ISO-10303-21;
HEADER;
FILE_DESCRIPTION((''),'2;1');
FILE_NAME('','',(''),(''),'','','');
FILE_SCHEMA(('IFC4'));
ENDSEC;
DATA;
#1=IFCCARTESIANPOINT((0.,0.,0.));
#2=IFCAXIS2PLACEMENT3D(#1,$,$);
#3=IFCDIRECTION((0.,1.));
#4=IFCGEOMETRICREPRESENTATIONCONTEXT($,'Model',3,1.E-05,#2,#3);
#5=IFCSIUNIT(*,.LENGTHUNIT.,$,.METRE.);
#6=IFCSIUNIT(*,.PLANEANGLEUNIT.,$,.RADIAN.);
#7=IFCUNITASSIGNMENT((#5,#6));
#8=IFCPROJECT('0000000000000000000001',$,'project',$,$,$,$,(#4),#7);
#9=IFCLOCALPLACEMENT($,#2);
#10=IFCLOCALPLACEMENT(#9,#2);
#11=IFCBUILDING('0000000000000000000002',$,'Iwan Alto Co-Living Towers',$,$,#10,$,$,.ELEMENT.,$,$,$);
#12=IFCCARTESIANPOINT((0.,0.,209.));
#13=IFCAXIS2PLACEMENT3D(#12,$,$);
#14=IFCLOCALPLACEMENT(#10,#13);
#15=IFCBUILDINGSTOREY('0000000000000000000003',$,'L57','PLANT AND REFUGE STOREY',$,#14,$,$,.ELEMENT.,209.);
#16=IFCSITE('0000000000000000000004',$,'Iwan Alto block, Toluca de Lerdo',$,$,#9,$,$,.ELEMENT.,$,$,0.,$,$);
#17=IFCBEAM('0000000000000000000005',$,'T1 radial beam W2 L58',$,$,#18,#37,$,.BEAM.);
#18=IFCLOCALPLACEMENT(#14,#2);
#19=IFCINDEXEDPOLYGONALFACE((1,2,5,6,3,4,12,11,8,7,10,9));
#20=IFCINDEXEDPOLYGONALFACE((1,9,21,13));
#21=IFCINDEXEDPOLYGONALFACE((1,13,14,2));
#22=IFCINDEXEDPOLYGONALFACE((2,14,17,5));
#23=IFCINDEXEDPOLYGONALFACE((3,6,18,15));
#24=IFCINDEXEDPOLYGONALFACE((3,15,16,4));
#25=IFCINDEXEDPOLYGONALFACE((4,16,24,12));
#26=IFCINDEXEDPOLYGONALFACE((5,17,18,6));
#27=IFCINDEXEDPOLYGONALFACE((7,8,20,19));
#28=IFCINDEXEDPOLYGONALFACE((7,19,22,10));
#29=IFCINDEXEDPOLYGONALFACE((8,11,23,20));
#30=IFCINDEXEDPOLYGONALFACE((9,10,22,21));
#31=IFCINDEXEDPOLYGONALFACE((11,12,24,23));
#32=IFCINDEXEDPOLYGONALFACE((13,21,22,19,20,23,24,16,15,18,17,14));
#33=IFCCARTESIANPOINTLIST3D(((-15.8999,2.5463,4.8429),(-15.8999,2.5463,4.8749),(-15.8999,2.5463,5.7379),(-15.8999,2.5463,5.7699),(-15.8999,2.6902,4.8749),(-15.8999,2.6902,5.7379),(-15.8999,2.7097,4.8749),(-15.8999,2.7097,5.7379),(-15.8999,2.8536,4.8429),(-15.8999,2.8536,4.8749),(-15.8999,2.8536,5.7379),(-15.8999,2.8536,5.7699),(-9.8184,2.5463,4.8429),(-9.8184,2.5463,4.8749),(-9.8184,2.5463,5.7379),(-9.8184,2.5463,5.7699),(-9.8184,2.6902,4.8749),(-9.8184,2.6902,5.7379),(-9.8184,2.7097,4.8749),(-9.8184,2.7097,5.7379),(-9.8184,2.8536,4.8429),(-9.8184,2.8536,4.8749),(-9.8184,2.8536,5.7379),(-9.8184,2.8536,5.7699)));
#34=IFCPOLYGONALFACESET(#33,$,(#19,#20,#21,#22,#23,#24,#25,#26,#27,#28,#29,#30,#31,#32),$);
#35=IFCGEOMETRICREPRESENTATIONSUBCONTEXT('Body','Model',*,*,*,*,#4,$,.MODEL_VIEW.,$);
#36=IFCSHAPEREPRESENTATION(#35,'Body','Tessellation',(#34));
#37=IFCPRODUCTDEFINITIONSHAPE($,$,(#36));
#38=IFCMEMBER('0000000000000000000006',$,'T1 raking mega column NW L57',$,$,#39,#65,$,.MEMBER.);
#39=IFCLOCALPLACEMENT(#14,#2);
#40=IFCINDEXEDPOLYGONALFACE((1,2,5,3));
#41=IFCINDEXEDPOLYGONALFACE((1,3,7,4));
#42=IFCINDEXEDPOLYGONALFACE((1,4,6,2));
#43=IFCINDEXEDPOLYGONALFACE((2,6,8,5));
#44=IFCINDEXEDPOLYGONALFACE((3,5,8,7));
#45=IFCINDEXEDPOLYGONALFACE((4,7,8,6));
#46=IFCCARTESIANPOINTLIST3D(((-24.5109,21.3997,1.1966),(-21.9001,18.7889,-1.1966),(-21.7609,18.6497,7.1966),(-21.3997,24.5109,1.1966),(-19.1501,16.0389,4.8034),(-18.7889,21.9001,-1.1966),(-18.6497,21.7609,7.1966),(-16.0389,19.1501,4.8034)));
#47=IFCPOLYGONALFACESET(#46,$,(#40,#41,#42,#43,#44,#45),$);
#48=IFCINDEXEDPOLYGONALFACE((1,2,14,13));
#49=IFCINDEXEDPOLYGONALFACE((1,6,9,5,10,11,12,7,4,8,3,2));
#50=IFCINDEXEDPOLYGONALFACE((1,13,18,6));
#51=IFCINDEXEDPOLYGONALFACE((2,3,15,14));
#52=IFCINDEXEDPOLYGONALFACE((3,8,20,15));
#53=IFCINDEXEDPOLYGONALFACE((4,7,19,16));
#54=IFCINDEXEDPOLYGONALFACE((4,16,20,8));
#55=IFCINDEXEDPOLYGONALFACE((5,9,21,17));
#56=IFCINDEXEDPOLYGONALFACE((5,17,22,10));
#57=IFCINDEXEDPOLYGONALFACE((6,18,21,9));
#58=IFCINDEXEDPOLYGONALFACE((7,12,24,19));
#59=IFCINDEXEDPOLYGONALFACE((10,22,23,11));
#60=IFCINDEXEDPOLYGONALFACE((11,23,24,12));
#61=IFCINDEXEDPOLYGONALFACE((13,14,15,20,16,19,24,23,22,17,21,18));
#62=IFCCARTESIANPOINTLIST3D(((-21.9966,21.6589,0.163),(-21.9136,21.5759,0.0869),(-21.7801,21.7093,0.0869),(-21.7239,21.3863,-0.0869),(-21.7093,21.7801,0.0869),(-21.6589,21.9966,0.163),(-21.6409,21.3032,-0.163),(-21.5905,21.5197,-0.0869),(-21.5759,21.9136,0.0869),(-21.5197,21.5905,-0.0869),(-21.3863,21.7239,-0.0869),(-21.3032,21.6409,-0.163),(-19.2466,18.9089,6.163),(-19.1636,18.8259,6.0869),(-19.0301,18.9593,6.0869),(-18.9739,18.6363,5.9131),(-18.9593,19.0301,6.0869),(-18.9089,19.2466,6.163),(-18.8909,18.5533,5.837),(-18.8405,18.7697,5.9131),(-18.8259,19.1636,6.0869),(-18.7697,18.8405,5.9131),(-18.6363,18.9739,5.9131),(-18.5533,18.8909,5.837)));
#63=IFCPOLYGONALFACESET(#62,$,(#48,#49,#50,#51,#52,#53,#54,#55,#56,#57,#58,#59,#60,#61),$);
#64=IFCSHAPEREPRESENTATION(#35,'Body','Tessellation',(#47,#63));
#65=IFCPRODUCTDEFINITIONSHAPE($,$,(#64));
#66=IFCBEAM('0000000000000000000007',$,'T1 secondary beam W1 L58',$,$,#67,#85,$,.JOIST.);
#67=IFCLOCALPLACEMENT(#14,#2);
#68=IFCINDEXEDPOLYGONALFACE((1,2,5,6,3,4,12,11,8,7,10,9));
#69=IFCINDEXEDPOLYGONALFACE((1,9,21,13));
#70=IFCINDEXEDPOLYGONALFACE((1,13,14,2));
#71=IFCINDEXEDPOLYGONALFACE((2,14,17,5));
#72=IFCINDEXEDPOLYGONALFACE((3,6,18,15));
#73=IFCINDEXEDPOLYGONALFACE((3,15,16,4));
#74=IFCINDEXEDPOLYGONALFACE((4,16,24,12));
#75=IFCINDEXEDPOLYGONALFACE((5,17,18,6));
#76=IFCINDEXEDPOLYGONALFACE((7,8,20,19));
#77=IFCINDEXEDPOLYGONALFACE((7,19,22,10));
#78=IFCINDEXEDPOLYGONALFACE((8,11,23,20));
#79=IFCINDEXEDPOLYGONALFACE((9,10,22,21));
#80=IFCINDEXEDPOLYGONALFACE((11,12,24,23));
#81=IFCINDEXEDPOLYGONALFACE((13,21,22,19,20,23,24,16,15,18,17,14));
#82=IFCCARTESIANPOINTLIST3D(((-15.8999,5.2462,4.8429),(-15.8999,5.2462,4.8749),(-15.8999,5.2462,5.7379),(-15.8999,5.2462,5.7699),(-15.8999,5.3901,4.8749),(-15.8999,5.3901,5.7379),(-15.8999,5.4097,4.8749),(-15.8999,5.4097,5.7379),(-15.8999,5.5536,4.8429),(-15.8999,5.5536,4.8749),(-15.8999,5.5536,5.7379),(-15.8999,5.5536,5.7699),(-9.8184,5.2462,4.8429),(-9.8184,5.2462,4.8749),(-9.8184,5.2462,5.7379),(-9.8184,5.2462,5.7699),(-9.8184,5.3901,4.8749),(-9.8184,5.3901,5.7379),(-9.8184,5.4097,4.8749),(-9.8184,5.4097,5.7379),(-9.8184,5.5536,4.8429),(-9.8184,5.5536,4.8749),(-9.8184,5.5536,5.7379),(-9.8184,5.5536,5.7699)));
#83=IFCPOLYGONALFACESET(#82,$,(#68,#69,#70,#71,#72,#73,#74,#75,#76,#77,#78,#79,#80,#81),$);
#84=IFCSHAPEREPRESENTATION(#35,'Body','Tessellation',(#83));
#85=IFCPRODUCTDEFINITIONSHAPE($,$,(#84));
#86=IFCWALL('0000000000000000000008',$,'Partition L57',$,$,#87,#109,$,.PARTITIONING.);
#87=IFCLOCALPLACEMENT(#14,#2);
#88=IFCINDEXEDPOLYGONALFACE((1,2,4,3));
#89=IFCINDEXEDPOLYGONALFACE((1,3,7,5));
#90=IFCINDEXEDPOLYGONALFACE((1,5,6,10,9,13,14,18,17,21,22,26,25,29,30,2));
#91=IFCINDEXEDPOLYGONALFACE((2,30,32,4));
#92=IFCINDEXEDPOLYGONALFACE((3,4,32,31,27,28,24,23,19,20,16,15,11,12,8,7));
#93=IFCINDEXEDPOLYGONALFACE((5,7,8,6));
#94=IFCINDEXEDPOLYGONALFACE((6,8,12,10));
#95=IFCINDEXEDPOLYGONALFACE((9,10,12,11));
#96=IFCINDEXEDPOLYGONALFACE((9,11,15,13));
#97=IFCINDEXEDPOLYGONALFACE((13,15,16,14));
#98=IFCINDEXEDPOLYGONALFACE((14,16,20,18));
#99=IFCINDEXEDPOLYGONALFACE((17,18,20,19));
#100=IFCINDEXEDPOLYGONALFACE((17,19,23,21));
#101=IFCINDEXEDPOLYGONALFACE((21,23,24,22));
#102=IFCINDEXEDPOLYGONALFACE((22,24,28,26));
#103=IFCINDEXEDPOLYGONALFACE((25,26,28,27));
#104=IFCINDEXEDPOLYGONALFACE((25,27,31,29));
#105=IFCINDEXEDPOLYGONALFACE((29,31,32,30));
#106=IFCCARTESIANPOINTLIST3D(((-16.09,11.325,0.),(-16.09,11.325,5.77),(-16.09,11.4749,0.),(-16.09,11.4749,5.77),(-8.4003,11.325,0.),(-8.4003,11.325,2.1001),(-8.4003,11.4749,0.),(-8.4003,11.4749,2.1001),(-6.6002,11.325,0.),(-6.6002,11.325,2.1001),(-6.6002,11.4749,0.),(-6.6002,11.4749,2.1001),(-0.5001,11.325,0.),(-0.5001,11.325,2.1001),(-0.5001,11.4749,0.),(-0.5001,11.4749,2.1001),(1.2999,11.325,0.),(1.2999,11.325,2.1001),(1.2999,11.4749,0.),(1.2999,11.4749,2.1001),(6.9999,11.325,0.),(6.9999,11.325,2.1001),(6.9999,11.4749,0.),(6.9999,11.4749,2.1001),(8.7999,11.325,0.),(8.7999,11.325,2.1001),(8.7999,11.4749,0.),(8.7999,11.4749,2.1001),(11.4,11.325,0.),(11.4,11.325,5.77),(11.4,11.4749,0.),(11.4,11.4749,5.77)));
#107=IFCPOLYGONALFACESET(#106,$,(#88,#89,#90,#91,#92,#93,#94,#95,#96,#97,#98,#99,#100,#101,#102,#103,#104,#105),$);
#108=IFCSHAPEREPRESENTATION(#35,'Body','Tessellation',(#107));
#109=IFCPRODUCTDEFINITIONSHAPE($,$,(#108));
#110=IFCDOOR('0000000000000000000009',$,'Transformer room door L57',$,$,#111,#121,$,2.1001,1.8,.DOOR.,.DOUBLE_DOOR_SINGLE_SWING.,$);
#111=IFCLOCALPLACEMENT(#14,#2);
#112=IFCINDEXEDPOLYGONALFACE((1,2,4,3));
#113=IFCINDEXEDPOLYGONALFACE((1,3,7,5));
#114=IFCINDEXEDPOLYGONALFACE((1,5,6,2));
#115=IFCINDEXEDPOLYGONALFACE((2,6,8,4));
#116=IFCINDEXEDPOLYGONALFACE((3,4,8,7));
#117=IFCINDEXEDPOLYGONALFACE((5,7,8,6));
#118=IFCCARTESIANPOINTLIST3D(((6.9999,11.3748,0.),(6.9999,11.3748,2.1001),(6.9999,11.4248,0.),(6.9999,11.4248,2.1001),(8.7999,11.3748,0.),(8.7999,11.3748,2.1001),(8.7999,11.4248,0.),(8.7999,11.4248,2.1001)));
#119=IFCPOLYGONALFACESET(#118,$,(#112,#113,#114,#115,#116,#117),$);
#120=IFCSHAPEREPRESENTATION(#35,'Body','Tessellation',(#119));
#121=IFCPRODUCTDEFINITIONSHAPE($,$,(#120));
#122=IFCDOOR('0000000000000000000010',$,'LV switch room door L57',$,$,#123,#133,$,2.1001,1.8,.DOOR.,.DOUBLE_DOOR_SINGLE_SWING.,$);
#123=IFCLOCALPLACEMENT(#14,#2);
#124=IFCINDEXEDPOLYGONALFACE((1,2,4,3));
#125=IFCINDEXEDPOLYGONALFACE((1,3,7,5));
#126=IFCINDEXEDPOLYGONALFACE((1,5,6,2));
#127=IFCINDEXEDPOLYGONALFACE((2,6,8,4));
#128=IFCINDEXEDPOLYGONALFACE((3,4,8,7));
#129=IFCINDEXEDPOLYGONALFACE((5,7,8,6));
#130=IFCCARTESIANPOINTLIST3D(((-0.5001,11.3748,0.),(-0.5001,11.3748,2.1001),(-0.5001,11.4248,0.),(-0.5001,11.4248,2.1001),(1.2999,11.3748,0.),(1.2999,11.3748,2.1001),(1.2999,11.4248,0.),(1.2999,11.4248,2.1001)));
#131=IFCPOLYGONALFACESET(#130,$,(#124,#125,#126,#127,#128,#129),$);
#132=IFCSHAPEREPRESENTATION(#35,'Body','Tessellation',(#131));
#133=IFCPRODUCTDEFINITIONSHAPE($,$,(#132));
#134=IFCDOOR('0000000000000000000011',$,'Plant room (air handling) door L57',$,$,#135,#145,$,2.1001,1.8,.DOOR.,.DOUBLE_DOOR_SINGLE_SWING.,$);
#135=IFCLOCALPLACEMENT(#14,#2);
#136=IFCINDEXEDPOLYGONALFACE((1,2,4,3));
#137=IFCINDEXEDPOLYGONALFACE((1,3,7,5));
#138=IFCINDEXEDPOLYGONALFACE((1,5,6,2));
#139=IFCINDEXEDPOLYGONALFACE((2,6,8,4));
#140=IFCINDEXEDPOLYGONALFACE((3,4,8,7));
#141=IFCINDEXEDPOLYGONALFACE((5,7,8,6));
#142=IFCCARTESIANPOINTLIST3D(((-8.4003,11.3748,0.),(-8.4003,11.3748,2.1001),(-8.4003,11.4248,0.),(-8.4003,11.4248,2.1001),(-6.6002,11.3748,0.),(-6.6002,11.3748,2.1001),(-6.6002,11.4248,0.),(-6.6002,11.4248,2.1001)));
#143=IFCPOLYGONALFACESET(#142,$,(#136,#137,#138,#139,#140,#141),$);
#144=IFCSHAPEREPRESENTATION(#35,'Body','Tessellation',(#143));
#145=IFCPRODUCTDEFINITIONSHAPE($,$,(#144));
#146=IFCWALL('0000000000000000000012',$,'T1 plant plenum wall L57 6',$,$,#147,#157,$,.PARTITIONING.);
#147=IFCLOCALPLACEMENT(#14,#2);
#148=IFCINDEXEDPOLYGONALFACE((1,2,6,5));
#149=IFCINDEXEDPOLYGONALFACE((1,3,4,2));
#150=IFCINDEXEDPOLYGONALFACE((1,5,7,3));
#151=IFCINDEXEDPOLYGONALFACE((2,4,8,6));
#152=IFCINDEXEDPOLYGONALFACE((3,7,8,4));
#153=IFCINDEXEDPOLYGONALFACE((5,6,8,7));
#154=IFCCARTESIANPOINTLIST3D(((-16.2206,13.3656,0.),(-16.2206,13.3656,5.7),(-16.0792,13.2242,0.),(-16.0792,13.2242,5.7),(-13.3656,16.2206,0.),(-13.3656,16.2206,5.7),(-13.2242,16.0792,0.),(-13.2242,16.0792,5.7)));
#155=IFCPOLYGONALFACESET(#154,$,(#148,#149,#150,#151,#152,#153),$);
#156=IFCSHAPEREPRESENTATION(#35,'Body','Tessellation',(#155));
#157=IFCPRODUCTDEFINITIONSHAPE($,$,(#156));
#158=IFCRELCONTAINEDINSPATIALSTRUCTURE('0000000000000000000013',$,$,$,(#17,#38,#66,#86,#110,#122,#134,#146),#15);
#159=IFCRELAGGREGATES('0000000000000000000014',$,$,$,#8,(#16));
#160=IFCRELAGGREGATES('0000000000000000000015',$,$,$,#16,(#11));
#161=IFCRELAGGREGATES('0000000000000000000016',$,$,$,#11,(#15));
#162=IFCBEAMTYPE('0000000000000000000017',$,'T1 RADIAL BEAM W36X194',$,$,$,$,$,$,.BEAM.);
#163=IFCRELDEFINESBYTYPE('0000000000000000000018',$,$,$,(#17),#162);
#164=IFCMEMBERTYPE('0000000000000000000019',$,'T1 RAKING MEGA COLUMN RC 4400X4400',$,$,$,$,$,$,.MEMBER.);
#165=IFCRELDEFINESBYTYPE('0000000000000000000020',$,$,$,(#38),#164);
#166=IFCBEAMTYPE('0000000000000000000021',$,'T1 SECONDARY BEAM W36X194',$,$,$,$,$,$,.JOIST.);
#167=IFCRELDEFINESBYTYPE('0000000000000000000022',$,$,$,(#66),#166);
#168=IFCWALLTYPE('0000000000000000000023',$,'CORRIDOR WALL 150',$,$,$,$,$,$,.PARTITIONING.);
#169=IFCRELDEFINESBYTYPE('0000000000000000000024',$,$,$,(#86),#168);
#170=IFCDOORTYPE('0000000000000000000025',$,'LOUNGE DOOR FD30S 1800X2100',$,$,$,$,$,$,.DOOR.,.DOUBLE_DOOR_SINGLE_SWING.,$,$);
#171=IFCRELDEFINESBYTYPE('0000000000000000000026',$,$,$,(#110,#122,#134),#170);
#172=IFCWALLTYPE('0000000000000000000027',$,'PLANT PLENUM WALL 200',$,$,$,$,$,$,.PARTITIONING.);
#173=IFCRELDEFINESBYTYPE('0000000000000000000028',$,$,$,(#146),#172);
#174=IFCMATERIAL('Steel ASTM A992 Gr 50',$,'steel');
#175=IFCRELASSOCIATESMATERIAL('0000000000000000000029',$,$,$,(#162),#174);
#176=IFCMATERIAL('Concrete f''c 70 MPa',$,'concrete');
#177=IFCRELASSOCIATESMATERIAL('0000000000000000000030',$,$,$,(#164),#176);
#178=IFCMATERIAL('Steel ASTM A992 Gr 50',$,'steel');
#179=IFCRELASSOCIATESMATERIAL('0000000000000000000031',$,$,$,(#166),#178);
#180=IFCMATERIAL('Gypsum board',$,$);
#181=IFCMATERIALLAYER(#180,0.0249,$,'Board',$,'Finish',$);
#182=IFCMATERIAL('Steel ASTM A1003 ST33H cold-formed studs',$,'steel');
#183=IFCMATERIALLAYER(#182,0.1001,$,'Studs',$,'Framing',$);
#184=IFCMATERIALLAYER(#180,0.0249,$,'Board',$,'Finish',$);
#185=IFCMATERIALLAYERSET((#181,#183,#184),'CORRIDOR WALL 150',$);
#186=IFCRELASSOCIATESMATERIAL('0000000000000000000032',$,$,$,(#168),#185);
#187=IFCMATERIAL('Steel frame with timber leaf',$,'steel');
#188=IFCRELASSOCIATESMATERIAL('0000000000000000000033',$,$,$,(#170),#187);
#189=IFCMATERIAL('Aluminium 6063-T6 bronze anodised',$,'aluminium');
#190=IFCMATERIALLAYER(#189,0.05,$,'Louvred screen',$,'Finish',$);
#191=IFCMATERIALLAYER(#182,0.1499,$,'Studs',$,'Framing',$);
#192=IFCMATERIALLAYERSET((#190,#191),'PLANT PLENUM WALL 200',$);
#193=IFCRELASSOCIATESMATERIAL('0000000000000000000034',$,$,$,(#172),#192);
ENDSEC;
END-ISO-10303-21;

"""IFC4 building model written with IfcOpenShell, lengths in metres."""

from ifc_helpers import new_model, si_unit, direction, frame, frame_2d, origin, origin_2d, place, context, subcontext, project, spatial, rectangle, i_section, extrude, material, layer, layer_set, material_profile, profile_set, type_object, element, fill, save


model = new_model("IFC4")

# Units and contexts
model_context = context("Model", 3, precision=1e-05, world=origin(), true_north=direction((0.0, 1.0)))
body_context = subcontext(model_context, "Body", "Model", "MODEL_VIEW")
ifc_project = project(units=[si_unit("LENGTHUNIT", "METRE"), si_unit("PLANEANGLEUNIT", "RADIAN")], contexts=[model_context])

# Site, building, storey
site_placement = place(None, origin())
site = spatial("IfcSite", under=ifc_project, at=site_placement, Name="Iwan Alto block, Toluca de Lerdo", CompositionType="ELEMENT", RefElevation=0.0)
building_placement = place(site_placement, origin())
building = spatial("IfcBuilding", under=site, at=building_placement, Name="Iwan Alto Co-Living Towers", CompositionType="ELEMENT")
storey_placement = place(building_placement, frame((0.0, 0.0, 209.0)))
storey = spatial("IfcBuildingStorey", under=building, at=storey_placement, Name="L57", Description="PLANT AND REFUGE STOREY", CompositionType="ELEMENT", Elevation=209.0)

# Beam
ifc_material_1 = material(Name="Steel ASTM A992 Gr 50", Category="steel")
ifc_material_profile_1 = material_profile(ifc_material_1, i_section(OverallWidth=0.3074, OverallDepth=0.927, WebThickness=0.0195, FlangeThickness=0.032, at=origin_2d()), Name="W36X194")
ifc_profile_set_1 = profile_set([ifc_material_profile_1], Name="Steel ASTM A992 Gr 50")
beam_type_1 = type_object("IfcBeamType", Name="T1 RADIAL BEAM W36X194", PredefinedType="BEAM", material=ifc_profile_set_1)
for number, where, z_axis, x_axis, name in (
    (1, (-15.8999, 2.7, 5.3064), (1.0, 0.0, 0.0), (0.0, 1.0, 0.0), "T1 radial beam W2 L58"),
):
    element("IfcBeam", number, at=place(storey_placement, frame(where, z_axis=z_axis, x_axis=x_axis)), inside=storey, type_object=beam_type_1, Name=name, PredefinedType="BEAM", context=body_context, shape_type="SweptSolid", body=[
        extrude(i_section(OverallWidth=0.3074, OverallDepth=0.927, WebThickness=0.0195, FlangeThickness=0.032, at=origin_2d()), origin(), (0.0, 0.0, 1.0), 6.0815),
    ])

# Member
ifc_material_2 = material(Name="Concrete f'c 70 MPa", Category="concrete")
ifc_material_profile_2 = material_profile(ifc_material_2, rectangle(XDim=4.3999, YDim=4.3999, at=origin_2d()), Name="RC 4400X4400")
ifc_profile_set_2 = profile_set([ifc_material_profile_2], Name="Concrete f'c 70 MPa")
member_type_1 = type_object("IfcMemberType", Name="T1 RAKING MEGA COLUMN RC 4400X4400", PredefinedType="MEMBER", material=ifc_profile_set_2)
member_1_placement = place(storey_placement, frame((-21.6499, 21.6499, 0.0), z_axis=(0.384606, -0.384606, 0.83914), x_axis=(0.707107, 0.707107, 0.0)))
element("IfcMember", 2, at=member_1_placement, inside=storey, type_object=member_type_1, Name="T1 raking mega column NW L57", PredefinedType="MEMBER", context=body_context, shape_type="SweptSolid", body=[
    extrude(rectangle(XDim=4.3999, YDim=4.3999, at=origin_2d()), origin(), (0.0, 0.0, 1.0), 7.1501),
    extrude(i_section(OverallWidth=0.4775, OverallDepth=0.5994, WebThickness=0.1001, FlangeThickness=0.1399, at=origin_2d()), origin(), (0.0, 0.0, 1.0), 7.1501),
])

# Beam
ifc_material_3 = material(Name="Steel ASTM A992 Gr 50", Category="steel")
ifc_material_profile_3 = material_profile(ifc_material_3, i_section(OverallWidth=0.3074, OverallDepth=0.927, WebThickness=0.0195, FlangeThickness=0.032, at=origin_2d()), Name="W36X194")
ifc_profile_set_3 = profile_set([ifc_material_profile_3], Name="Steel ASTM A992 Gr 50")
beam_type_2 = type_object("IfcBeamType", Name="T1 SECONDARY BEAM W36X194", PredefinedType="JOIST", material=ifc_profile_set_3)
beam_1_placement = place(storey_placement, frame((-15.8999, 5.3999, 5.3064), z_axis=(1.0, 0.0, 0.0), x_axis=(0.0, 1.0, 0.0)))
element("IfcBeam", 3, at=beam_1_placement, inside=storey, type_object=beam_type_2, Name="T1 secondary beam W1 L58", PredefinedType="JOIST", context=body_context, shape_type="SweptSolid", body=[
    extrude(i_section(OverallWidth=0.3074, OverallDepth=0.927, WebThickness=0.0195, FlangeThickness=0.032, at=origin_2d()), origin(), (0.0, 0.0, 1.0), 6.0815),
])

# Wall, openings, doors
ifc_material_4 = material(Name="Gypsum board")
ifc_layer_1 = layer(ifc_material_4, 0.0249, Name="Board", Category="Finish")
ifc_material_5 = material(Name="Steel ASTM A1003 ST33H cold-formed studs", Category="steel")
ifc_layer_2 = layer(ifc_material_5, 0.1001, Name="Studs", Category="Framing")
ifc_layer_3 = layer(ifc_material_4, 0.0249, Name="Board", Category="Finish")
ifc_layer_set_1 = layer_set([ifc_layer_1, ifc_layer_2, ifc_layer_3], Name="CORRIDOR WALL 150")
wall_type_1 = type_object("IfcWallType", Name="CORRIDOR WALL 150", PredefinedType="PARTITIONING", material=ifc_layer_set_1)
wall_1_placement = place(storey_placement, frame((-16.0901, 11.3999, 0.0), z_axis=(0.0, 0.0, 1.0), x_axis=(1.0, 0.0, 0.0)))
wall_1 = element("IfcWall", 4, at=wall_1_placement, inside=storey, type_object=wall_type_1, Name="Partition L57", PredefinedType="PARTITIONING", context=body_context, shape_type="SweptSolid", body=[
    extrude(rectangle(XDim=27.49, YDim=0.1499, at=frame_2d((13.7451, 0.0))), origin(), (0.0, 0.0, 1.0), 5.77),
])
opening_1_placement = place(wall_1_placement, frame((23.0901, 0.0, 0.0)))
opening_1 = element("IfcOpeningElement", 5, at=opening_1_placement, cuts=wall_1, PredefinedType="OPENING", context=body_context, shape_type="SweptSolid", body=[
    extrude(rectangle(XDim=1.8, YDim=2.1001, at=frame_2d((0.8999, 1.05))), frame((0.0, 0.085, 0.0), z_axis=(0.0, -1.0, 0.0), x_axis=(1.0, 0.0, 0.0)), (0.0, 0.0, 1.0), 0.1699),
])
opening_2_placement = place(wall_1_placement, frame((15.5901, 0.0, 0.0)))
opening_2 = element("IfcOpeningElement", 6, at=opening_2_placement, cuts=wall_1, PredefinedType="OPENING", context=body_context, shape_type="SweptSolid", body=[
    extrude(rectangle(XDim=1.8, YDim=2.1001, at=frame_2d((0.8999, 1.05))), frame((0.0, 0.085, 0.0), z_axis=(0.0, -1.0, 0.0), x_axis=(1.0, 0.0, 0.0)), (0.0, 0.0, 1.0), 0.1699),
])
opening_3_placement = place(wall_1_placement, frame((7.6899, 0.0, 0.0)))
opening_3 = element("IfcOpeningElement", 7, at=opening_3_placement, cuts=wall_1, PredefinedType="OPENING", context=body_context, shape_type="SweptSolid", body=[
    extrude(rectangle(XDim=1.8, YDim=2.1001, at=frame_2d((0.8999, 1.05))), frame((0.0, 0.085, 0.0), z_axis=(0.0, -1.0, 0.0), x_axis=(1.0, 0.0, 0.0)), (0.0, 0.0, 1.0), 0.1699),
])
ifc_material_6 = material(Name="Steel frame with timber leaf", Category="steel")
door_type = type_object("IfcDoorType", Name="LOUNGE DOOR FD30S 1800X2100", OperationType="DOUBLE_DOOR_SINGLE_SWING", PredefinedType="DOOR", material=ifc_material_6)
door_1_placement = place(opening_1_placement, origin())
door_1 = element("IfcDoor", 8, at=door_1_placement, inside=storey, type_object=door_type, Name="Transformer room door L57", OperationType="DOUBLE_DOOR_SINGLE_SWING", OverallHeight=2.1001, OverallWidth=1.8, PredefinedType="DOOR", context=body_context, shape_type="SweptSolid", body=[
    extrude(rectangle(XDim=1.8, YDim=2.1001, at=frame_2d((0.8999, 1.05))), frame((0.0, 0.0249, 0.0), z_axis=(0.0, -1.0, 0.0), x_axis=(1.0, 0.0, 0.0)), (0.0, 0.0, 1.0), 0.05),
])
fill(opening_1, door_1)
door_2_placement = place(opening_2_placement, origin())
door_2 = element("IfcDoor", 9, at=door_2_placement, inside=storey, type_object=door_type, Name="LV switch room door L57", OperationType="DOUBLE_DOOR_SINGLE_SWING", OverallHeight=2.1001, OverallWidth=1.8, PredefinedType="DOOR", context=body_context, shape_type="SweptSolid", body=[
    extrude(rectangle(XDim=1.8, YDim=2.1001, at=frame_2d((0.8999, 1.05))), frame((0.0, 0.0249, 0.0), z_axis=(0.0, -1.0, 0.0), x_axis=(1.0, 0.0, 0.0)), (0.0, 0.0, 1.0), 0.05),
])
fill(opening_2, door_2)
door_3_placement = place(opening_3_placement, origin())
door_3 = element("IfcDoor", 10, at=door_3_placement, inside=storey, type_object=door_type, Name="Plant room (air handling) door L57", OperationType="DOUBLE_DOOR_SINGLE_SWING", OverallHeight=2.1001, OverallWidth=1.8, PredefinedType="DOOR", context=body_context, shape_type="SweptSolid", body=[
    extrude(rectangle(XDim=1.8, YDim=2.1001, at=frame_2d((0.8999, 1.05))), frame((0.0, 0.0249, 0.0), z_axis=(0.0, -1.0, 0.0), x_axis=(1.0, 0.0, 0.0)), (0.0, 0.0, 1.0), 0.05),
])
fill(opening_3, door_3)

# Wall
ifc_material_7 = material(Name="Aluminium 6063-T6 bronze anodised", Category="aluminium")
ifc_layer_4 = layer(ifc_material_7, 0.05, Name="Louvred screen", Category="Finish")
ifc_layer_5 = layer(ifc_material_5, 0.1499, Name="Studs", Category="Framing")
ifc_layer_set_2 = layer_set([ifc_layer_4, ifc_layer_5], Name="PLANT PLENUM WALL 200")
wall_type_2 = type_object("IfcWallType", Name="PLANT PLENUM WALL 200", PredefinedType="PARTITIONING", material=ifc_layer_set_2)
wall_2_placement = place(storey_placement, frame((-13.2949, 16.1499, 0.0), z_axis=(0.0, 0.0, 1.0), x_axis=(-0.707107, -0.707107, 0.0)))
element("IfcWall", 11, at=wall_2_placement, inside=storey, type_object=wall_type_2, Name="T1 plant plenum wall L57 6", PredefinedType="PARTITIONING", context=body_context, shape_type="SweptSolid", body=[
    extrude(rectangle(XDim=4.0376, YDim=0.2, at=frame_2d((2.0188, 0.0))), origin(), (0.0, 0.0, 1.0), 5.7),
])

save(model, "model.ifc")
